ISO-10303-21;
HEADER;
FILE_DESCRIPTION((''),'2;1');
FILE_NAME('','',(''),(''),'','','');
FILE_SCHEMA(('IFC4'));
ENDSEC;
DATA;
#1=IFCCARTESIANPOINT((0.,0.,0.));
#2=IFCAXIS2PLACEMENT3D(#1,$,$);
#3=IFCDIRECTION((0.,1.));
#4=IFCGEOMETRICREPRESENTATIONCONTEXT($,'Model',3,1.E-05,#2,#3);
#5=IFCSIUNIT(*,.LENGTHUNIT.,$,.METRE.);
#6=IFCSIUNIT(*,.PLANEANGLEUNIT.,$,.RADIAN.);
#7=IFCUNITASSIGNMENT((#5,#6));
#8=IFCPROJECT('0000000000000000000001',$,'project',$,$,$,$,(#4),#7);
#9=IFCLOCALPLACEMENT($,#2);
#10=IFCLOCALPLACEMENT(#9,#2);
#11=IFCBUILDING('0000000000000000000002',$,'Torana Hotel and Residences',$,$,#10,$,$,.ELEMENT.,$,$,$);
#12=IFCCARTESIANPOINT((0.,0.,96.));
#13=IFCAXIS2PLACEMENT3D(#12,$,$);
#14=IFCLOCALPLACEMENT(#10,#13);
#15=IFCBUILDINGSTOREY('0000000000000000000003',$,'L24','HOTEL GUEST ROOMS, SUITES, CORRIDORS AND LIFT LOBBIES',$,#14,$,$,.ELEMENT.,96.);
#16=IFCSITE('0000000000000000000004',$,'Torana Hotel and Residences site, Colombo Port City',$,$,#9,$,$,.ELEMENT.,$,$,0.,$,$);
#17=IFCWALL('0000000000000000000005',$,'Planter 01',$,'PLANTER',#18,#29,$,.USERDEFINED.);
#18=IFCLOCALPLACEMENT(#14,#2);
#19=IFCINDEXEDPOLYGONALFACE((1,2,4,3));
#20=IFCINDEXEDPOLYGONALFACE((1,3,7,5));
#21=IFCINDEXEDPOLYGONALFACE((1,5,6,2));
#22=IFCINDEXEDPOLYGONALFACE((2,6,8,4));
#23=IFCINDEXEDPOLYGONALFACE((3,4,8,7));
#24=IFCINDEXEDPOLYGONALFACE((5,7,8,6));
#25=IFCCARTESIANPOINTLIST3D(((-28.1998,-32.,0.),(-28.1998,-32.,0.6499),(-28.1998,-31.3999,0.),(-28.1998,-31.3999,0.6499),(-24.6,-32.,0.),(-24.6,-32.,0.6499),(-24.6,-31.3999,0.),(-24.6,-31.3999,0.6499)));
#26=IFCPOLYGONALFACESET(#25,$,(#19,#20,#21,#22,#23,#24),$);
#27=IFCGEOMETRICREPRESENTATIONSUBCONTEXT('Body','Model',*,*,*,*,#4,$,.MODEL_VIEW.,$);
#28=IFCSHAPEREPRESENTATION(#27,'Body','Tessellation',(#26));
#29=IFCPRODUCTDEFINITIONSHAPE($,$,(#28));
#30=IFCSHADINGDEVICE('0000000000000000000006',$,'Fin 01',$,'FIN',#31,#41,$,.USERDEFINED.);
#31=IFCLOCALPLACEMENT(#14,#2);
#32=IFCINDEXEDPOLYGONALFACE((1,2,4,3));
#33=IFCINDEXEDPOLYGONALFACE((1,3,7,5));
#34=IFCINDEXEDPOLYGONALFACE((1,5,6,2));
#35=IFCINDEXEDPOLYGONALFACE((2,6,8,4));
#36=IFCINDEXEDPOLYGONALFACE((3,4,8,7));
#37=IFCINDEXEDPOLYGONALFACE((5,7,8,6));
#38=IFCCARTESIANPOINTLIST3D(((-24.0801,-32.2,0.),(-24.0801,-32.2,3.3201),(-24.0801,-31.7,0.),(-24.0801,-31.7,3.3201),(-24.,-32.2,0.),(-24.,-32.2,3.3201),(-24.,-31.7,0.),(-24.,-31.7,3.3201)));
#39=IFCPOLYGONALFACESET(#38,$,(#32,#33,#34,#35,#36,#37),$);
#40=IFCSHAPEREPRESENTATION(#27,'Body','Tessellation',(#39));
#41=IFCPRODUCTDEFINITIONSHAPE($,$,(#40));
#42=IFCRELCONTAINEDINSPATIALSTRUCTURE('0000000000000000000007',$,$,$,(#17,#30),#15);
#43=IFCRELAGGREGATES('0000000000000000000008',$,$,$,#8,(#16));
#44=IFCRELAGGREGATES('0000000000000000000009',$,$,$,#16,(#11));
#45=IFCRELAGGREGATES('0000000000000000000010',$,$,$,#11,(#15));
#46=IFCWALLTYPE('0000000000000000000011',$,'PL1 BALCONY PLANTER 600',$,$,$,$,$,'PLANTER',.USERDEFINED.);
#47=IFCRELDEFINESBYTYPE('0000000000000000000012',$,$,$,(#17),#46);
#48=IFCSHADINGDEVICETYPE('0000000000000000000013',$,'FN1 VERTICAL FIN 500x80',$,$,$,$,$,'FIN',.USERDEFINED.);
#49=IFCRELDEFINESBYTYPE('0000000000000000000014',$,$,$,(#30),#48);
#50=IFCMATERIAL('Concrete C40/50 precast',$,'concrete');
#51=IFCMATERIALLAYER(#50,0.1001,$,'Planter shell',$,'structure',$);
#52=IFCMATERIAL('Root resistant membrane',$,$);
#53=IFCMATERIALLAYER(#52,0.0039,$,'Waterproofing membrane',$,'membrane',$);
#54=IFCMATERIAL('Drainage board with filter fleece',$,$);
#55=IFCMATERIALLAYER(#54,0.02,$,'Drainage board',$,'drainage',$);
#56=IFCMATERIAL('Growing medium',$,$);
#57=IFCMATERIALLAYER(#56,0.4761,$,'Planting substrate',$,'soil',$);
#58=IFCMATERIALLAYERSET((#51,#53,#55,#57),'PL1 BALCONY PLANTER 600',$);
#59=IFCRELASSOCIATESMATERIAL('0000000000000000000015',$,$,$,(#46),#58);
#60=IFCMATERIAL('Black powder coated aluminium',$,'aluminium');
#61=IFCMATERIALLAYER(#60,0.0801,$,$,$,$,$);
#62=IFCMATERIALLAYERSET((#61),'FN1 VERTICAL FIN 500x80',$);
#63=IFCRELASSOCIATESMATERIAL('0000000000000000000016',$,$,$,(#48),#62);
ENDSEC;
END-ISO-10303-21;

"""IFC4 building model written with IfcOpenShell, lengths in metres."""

from ifc_helpers import new_model, si_unit, direction, frame, frame_2d, origin, origin_2d, place, context, subcontext, project, spatial, rectangle, extrude, material, layer, layer_set, type_object, element, save


model = new_model("IFC4")

# Units and contexts
model_context = context("Model", 3, precision=1e-05, world=origin(), true_north=direction((0.0, 1.0)))
body_context = subcontext(model_context, "Body", "Model", "MODEL_VIEW")
ifc_project = project(units=[si_unit("LENGTHUNIT", "METRE"), si_unit("PLANEANGLEUNIT", "RADIAN")], contexts=[model_context])

# Site, building, storey
site_placement = place(None, origin())
site = spatial("IfcSite", under=ifc_project, at=site_placement, Name="Torana Hotel and Residences site, Colombo Port City", CompositionType="ELEMENT", RefElevation=0.0)
building_placement = place(site_placement, origin())
building = spatial("IfcBuilding", under=site, at=building_placement, Name="Torana Hotel and Residences", CompositionType="ELEMENT")
storey_placement = place(building_placement, frame((0.0, 0.0, 96.0)))
storey = spatial("IfcBuildingStorey", under=building, at=storey_placement, Name="L24", Description="HOTEL GUEST ROOMS, SUITES, CORRIDORS AND LIFT LOBBIES", CompositionType="ELEMENT", Elevation=96.0)

# Wall
ifc_material_1 = material(Name="Concrete C40/50 precast", Category="concrete")
ifc_layer_1 = layer(ifc_material_1, 0.1001, Name="Planter shell", Category="structure")
ifc_material_2 = material(Name="Root resistant membrane")
ifc_layer_2 = layer(ifc_material_2, 0.0039, Name="Waterproofing membrane", Category="membrane")
ifc_material_3 = material(Name="Drainage board with filter fleece")
ifc_layer_3 = layer(ifc_material_3, 0.02, Name="Drainage board", Category="drainage")
ifc_material_4 = material(Name="Growing medium")
ifc_layer_4 = layer(ifc_material_4, 0.4761, Name="Planting substrate", Category="soil")
ifc_layer_set_1 = layer_set([ifc_layer_1, ifc_layer_2, ifc_layer_3, ifc_layer_4], Name="PL1 BALCONY PLANTER 600")
wall_type = type_object("IfcWallType", Name="PL1 BALCONY PLANTER 600", ElementType="PLANTER", PredefinedType="USERDEFINED", material=ifc_layer_set_1)
wall_placement = place(storey_placement, frame((-24.6001, -31.7, 0.0), z_axis=(0.0, 0.0, 1.0), x_axis=(-1.0, 0.0, 0.0)))
element("IfcWall", 1, at=wall_placement, inside=storey, type_object=wall_type, Name="Planter 01", ObjectType="PLANTER", PredefinedType="USERDEFINED", context=body_context, shape_type="SweptSolid", body=[
    extrude(rectangle(XDim=3.5999, YDim=0.6001, at=frame_2d((1.7998, 0.0))), origin(), (0.0, 0.0, 1.0), 0.6499),
])

# Shading device
ifc_material_5 = material(Name="Black powder coated aluminium", Category="aluminium")
ifc_layer_5 = layer(ifc_material_5, 0.0801)
ifc_layer_set_2 = layer_set([ifc_layer_5], Name="FN1 VERTICAL FIN 500x80")
shading_device_type = type_object("IfcShadingDeviceType", Name="FN1 VERTICAL FIN 500x80", ElementType="FIN", PredefinedType="USERDEFINED", material=ifc_layer_set_2)
shading_device_placement = place(storey_placement, frame((-24.04, -31.95, 0.0), z_axis=(0.0, 0.0, 1.0), x_axis=(-1.0, 0.0, 0.0)))
element("IfcShadingDevice", 2, at=shading_device_placement, inside=storey, type_object=shading_device_type, Name="Fin 01", ObjectType="FIN", PredefinedType="USERDEFINED", context=body_context, shape_type="SweptSolid", body=[
    extrude(rectangle(XDim=0.0801, YDim=0.5, at=origin_2d()), origin(), (0.0, 0.0, 1.0), 3.3201),
])

save(model, "model.ifc")
